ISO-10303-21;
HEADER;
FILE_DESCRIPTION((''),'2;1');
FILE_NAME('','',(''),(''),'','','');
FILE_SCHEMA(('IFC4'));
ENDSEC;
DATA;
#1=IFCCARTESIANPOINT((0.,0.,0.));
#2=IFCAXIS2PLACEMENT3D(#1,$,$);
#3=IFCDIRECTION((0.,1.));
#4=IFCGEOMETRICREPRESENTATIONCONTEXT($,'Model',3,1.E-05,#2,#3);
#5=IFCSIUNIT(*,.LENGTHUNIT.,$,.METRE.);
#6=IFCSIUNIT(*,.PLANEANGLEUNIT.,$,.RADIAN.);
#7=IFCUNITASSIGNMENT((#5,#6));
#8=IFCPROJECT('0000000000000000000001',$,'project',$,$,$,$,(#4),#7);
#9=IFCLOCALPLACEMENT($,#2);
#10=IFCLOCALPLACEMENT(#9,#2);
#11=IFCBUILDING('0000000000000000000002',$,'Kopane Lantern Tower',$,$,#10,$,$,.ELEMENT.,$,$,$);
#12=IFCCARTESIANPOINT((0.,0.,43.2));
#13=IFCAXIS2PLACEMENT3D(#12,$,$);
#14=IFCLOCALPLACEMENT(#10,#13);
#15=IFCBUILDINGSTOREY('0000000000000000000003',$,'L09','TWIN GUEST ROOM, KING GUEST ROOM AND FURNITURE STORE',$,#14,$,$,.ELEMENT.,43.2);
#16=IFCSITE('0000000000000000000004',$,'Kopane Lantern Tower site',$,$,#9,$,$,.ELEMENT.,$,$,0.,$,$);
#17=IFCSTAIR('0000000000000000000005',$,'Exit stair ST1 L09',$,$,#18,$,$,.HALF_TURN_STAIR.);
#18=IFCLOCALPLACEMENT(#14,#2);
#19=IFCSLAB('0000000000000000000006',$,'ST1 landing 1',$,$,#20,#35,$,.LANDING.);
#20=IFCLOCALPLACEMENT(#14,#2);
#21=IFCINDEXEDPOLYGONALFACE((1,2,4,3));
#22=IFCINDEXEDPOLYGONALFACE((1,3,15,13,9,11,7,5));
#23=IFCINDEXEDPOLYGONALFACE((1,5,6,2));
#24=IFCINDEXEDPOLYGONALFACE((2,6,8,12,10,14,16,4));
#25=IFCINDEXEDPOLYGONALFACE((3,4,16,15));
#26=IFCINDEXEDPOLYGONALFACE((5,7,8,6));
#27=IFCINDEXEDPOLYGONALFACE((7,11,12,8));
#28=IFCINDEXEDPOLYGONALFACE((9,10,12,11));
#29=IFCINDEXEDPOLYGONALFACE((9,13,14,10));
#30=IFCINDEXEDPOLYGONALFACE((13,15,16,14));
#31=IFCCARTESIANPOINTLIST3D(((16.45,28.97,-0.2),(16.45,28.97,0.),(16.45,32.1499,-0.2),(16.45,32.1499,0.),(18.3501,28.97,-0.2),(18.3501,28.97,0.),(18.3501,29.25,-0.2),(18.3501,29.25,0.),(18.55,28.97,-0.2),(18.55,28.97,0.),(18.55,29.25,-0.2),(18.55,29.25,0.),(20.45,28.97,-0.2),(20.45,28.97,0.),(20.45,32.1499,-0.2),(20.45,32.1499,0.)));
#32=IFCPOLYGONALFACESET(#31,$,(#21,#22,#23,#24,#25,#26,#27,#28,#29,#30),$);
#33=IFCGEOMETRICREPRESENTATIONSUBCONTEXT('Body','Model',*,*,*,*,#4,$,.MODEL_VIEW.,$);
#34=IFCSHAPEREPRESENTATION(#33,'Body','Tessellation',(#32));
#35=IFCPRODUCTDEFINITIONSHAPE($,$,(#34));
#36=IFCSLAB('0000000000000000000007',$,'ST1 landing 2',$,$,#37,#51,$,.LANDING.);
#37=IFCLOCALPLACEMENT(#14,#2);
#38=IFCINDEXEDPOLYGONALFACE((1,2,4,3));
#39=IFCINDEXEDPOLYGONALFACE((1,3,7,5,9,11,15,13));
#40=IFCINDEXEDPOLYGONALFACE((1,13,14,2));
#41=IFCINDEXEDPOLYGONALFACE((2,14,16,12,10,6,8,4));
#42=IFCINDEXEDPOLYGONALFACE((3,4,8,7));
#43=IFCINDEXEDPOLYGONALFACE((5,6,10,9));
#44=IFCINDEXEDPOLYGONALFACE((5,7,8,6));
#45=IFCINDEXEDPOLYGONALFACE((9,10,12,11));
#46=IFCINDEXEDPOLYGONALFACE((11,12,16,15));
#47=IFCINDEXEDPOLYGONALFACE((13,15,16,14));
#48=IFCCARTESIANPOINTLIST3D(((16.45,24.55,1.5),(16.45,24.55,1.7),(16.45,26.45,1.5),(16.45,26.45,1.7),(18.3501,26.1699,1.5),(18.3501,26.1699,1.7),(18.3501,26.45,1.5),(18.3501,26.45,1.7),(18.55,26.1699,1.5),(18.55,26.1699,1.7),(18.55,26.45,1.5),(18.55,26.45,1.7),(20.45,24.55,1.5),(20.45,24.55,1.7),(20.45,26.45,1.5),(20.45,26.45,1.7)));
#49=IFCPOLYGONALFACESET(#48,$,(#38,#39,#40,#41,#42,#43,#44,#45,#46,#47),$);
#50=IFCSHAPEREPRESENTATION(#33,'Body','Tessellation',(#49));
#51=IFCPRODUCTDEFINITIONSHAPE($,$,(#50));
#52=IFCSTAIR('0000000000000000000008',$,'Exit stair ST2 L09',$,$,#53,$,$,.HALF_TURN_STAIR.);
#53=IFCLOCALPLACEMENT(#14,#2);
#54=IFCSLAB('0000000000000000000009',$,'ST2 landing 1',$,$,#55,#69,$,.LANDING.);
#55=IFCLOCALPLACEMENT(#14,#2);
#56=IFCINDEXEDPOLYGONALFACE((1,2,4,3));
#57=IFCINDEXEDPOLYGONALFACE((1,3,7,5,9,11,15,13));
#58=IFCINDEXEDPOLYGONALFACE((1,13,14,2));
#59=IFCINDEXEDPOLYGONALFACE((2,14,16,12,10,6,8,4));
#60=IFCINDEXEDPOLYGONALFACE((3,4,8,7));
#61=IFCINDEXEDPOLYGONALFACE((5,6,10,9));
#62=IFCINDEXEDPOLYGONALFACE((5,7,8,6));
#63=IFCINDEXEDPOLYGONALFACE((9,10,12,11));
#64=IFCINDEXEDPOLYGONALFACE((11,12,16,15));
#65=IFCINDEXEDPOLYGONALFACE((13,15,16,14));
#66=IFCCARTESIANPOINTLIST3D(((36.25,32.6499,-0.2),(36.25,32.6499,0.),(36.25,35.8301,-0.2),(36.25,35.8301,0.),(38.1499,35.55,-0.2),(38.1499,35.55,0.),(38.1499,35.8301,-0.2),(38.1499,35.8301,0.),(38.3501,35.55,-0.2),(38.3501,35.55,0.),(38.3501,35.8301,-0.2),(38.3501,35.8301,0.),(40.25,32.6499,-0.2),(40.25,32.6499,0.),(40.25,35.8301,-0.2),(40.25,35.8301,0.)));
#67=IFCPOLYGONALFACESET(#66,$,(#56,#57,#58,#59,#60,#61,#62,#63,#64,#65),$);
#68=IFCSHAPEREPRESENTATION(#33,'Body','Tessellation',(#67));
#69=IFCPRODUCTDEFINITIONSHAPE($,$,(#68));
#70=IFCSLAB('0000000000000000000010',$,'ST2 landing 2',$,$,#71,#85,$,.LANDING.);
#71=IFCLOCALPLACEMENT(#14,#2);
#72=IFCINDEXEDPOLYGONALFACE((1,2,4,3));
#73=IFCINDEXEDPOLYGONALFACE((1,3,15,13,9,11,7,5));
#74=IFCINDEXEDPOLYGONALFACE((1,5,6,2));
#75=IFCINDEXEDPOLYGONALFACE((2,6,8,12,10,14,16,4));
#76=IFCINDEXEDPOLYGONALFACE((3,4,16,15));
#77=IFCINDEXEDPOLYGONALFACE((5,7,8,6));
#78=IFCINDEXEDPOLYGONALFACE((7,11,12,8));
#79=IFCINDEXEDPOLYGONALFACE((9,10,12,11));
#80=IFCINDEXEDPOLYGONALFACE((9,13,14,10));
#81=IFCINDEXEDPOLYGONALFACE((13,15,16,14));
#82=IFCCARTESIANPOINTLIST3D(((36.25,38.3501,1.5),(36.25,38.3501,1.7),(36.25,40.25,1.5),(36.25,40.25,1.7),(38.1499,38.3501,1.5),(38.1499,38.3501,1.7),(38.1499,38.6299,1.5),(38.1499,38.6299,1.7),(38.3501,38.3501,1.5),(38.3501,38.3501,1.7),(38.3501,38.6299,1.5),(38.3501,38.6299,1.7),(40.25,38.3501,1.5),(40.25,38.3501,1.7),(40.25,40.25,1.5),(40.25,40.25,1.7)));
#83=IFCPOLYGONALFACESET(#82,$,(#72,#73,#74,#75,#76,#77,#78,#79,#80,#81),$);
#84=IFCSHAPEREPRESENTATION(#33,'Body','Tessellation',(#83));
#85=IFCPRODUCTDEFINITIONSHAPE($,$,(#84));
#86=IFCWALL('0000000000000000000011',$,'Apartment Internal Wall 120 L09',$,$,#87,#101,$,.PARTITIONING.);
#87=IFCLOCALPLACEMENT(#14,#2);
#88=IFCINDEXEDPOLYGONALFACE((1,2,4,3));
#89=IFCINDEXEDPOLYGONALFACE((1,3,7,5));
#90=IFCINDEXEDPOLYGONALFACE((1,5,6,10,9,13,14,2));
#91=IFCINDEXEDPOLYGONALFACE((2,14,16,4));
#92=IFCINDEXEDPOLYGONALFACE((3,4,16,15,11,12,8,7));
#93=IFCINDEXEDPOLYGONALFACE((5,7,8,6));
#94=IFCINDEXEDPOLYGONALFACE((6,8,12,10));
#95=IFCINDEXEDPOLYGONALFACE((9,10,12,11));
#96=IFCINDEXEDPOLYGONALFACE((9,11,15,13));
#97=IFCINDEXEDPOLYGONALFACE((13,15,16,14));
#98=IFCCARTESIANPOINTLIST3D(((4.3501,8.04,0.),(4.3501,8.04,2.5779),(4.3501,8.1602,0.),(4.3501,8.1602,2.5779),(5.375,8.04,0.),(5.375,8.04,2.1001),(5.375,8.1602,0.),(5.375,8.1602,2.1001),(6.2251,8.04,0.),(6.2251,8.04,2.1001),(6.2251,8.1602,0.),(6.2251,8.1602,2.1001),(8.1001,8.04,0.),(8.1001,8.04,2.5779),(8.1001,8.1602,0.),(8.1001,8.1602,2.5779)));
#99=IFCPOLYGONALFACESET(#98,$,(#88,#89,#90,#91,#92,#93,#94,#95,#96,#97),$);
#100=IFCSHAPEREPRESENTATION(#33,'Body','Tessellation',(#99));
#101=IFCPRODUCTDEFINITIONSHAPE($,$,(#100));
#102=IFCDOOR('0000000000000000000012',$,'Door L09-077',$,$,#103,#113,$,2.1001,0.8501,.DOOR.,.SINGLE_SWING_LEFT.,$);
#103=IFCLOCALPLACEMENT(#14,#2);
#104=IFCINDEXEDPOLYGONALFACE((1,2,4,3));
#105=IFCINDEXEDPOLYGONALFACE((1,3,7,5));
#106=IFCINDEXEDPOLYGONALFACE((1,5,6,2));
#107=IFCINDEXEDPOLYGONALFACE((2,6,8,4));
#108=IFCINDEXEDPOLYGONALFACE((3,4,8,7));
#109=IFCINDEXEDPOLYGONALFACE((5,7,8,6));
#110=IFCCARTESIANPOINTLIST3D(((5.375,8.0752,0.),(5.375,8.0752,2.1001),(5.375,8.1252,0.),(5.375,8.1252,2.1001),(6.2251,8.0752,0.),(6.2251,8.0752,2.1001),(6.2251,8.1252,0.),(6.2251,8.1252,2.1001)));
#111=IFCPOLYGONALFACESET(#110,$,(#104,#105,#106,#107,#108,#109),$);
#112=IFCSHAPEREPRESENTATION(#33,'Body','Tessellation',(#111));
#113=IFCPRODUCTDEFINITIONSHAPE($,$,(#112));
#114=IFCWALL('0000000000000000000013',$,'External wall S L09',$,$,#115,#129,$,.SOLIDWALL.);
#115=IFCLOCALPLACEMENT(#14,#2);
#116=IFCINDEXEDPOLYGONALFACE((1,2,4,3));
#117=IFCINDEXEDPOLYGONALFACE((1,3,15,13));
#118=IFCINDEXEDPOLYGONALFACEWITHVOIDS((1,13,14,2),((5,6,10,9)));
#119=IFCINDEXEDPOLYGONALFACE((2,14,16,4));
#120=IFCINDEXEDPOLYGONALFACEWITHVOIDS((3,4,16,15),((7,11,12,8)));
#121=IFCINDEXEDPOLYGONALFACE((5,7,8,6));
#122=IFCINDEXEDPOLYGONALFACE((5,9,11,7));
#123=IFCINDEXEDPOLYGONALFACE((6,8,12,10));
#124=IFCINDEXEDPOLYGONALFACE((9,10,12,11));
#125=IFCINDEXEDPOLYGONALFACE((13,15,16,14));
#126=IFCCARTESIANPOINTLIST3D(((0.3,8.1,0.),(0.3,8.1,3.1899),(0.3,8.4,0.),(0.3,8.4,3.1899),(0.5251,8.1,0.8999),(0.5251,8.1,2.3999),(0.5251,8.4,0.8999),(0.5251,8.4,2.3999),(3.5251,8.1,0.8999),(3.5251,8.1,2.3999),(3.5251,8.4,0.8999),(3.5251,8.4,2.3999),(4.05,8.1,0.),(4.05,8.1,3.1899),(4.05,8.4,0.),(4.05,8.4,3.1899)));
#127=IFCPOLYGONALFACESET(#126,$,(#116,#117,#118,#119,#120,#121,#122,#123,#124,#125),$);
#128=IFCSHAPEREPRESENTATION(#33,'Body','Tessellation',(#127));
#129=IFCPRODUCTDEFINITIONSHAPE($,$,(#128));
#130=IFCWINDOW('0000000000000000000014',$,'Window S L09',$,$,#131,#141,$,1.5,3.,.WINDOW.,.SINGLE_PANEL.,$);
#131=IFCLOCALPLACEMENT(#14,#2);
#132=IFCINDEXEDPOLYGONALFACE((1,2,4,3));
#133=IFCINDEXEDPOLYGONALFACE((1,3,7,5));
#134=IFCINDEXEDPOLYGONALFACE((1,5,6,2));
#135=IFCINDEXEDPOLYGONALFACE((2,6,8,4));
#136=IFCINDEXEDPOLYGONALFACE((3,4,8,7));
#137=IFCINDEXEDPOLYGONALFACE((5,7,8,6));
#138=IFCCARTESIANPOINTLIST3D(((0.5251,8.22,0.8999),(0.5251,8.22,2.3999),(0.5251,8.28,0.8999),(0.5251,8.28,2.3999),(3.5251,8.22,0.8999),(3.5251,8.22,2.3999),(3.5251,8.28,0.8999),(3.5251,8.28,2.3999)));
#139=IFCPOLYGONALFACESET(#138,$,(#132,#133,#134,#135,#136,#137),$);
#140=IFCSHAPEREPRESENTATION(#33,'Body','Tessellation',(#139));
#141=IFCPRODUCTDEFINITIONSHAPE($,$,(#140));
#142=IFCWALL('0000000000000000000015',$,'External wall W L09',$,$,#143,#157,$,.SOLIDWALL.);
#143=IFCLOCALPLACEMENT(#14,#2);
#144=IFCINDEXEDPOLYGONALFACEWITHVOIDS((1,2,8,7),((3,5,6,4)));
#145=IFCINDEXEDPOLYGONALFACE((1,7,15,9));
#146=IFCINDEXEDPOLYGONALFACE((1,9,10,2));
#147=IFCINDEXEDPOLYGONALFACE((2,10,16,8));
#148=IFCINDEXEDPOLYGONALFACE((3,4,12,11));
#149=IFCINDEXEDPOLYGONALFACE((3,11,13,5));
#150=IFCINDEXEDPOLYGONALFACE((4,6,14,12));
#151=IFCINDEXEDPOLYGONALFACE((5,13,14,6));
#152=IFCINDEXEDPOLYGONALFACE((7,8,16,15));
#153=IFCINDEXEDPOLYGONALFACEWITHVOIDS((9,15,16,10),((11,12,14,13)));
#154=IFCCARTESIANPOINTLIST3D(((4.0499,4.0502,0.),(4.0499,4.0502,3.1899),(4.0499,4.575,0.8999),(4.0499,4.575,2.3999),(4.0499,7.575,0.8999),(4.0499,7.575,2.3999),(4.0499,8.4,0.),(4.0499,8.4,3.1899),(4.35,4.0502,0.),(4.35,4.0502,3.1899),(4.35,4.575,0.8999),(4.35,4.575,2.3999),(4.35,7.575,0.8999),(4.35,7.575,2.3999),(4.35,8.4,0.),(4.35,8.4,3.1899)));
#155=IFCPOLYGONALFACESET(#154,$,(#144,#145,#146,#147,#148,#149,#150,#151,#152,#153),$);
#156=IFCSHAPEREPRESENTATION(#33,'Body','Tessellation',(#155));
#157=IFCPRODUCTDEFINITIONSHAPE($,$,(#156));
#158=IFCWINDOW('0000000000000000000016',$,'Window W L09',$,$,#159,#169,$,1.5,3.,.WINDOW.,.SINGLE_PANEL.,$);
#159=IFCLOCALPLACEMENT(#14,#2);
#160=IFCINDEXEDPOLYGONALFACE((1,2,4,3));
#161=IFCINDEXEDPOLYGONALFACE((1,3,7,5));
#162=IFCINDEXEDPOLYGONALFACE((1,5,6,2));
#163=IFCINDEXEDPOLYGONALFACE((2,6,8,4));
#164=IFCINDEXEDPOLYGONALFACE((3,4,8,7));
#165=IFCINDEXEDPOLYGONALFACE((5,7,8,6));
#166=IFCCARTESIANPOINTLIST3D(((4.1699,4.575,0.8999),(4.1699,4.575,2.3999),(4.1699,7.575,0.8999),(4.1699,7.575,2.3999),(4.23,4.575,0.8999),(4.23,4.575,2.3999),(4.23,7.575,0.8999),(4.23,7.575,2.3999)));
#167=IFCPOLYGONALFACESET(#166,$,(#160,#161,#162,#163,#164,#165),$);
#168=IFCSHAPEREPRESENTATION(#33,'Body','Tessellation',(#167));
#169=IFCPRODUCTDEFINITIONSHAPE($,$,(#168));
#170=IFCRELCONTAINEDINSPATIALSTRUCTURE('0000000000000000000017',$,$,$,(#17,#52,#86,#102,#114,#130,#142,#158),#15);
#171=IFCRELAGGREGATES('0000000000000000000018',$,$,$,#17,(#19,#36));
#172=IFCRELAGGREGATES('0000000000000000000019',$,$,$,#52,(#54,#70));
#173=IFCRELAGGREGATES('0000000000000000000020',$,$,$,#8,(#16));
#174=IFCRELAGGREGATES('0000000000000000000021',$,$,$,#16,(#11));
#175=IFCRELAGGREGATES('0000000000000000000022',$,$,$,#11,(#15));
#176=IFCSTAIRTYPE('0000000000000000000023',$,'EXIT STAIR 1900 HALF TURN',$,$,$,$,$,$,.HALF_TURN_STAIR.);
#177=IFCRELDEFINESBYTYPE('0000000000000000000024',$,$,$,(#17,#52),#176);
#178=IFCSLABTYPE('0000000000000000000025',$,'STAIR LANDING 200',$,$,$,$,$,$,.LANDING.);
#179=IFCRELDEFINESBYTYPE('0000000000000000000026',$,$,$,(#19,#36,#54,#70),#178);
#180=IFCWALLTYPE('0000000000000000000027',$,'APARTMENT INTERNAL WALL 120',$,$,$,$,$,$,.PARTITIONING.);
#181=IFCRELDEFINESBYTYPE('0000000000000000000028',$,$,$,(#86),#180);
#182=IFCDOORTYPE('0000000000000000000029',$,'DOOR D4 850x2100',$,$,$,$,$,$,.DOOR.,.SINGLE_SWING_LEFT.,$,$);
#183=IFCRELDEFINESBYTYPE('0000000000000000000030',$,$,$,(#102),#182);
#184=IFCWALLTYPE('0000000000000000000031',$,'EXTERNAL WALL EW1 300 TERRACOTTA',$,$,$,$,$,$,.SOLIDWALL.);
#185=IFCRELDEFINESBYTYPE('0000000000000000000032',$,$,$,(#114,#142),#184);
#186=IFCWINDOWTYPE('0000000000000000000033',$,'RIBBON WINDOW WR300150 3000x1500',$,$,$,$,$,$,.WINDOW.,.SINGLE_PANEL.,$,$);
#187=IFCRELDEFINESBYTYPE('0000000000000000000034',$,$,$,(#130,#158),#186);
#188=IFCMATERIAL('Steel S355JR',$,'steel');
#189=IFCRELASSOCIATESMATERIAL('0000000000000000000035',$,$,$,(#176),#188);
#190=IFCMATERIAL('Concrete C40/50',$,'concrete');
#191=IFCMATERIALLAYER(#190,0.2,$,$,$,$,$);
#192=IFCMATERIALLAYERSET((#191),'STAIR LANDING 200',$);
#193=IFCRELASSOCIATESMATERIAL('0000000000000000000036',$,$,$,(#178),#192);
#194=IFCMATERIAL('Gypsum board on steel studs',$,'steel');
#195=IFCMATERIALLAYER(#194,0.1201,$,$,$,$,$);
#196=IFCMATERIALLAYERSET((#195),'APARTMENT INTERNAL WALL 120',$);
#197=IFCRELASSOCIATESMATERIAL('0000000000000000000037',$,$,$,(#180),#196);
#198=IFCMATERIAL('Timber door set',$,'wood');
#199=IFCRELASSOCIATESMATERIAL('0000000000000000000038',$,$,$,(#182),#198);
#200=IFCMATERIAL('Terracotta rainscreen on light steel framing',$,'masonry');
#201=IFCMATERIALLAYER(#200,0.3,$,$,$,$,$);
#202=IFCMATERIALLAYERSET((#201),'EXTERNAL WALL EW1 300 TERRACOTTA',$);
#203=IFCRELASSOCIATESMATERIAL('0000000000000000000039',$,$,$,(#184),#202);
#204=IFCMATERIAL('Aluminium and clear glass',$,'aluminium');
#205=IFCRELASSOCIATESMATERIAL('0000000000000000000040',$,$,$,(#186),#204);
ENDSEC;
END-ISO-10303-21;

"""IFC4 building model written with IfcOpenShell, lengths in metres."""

from ifc_helpers import new_model, si_unit, direction, frame, frame_2d, origin, place, context, subcontext, project, spatial, polyline, rectangle, outline, extrude, material, layer, layer_set, type_object, element, fill, aggregate, save


model = new_model("IFC4")

# Units and contexts
model_context = context("Model", 3, precision=1e-05, world=origin(), true_north=direction((0.0, 1.0)))
body_context = subcontext(model_context, "Body", "Model", "MODEL_VIEW")
ifc_project = project(units=[si_unit("LENGTHUNIT", "METRE"), si_unit("PLANEANGLEUNIT", "RADIAN")], contexts=[model_context])

# Site, building, storey
site_placement = place(None, origin())
site = spatial("IfcSite", under=ifc_project, at=site_placement, Name="Kopane Lantern Tower site", CompositionType="ELEMENT", RefElevation=0.0)
building_placement = place(site_placement, origin())
building = spatial("IfcBuilding", under=site, at=building_placement, Name="Kopane Lantern Tower", CompositionType="ELEMENT")
storey_placement = place(building_placement, frame((0.0, 0.0, 43.2)))
storey = spatial("IfcBuildingStorey", under=building, at=storey_placement, Name="L09", Description="TWIN GUEST ROOM, KING GUEST ROOM AND FURNITURE STORE", CompositionType="ELEMENT", Elevation=43.2)

# Stairs, slabs
ifc_material_1 = material(Name="Steel S355JR", Category="steel")
stair_type = type_object("IfcStairType", Name="EXIT STAIR 1900 HALF TURN", PredefinedType="HALF_TURN_STAIR", material=ifc_material_1)
stair_1_placement = place(storey_placement, origin())
stair_1 = element("IfcStair", 1, at=stair_1_placement, inside=storey, type_object=stair_type, Name="Exit stair ST1 L09", PredefinedType="HALF_TURN_STAIR")
ifc_material_2 = material(Name="Concrete C40/50", Category="concrete")
ifc_layer_1 = layer(ifc_material_2, 0.2)
ifc_layer_set_1 = layer_set([ifc_layer_1], Name="STAIR LANDING 200")
slab_type_1 = type_object("IfcSlabType", Name="STAIR LANDING 200", PredefinedType="LANDING", material=ifc_layer_set_1)
slab_1_placement = place(storey_placement, frame((0.0, 0.0, -0.2)))
slab_1 = element("IfcSlab", 2, at=slab_1_placement, type_object=slab_type_1, Name="ST1 landing 1", PredefinedType="LANDING", context=body_context, shape_type="SweptSolid", body=[
    extrude(outline(polyline([(18.3501, 29.25), (18.55, 29.25), (18.55, 28.97), (20.45, 28.97), (20.45, 32.1499), (16.45, 32.1499), (16.45, 28.97), (18.3501, 28.97), (18.3501, 29.25)])), origin(), (0.0, 0.0, 1.0), 0.2),
])
slab_2_placement = place(storey_placement, frame((0.0, 0.0, 1.5)))
slab_2 = element("IfcSlab", 3, at=slab_2_placement, type_object=slab_type_1, Name="ST1 landing 2", PredefinedType="LANDING", context=body_context, shape_type="SweptSolid", body=[
    extrude(outline(polyline([(20.45, 26.45), (18.55, 26.45), (18.55, 26.1699), (18.3501, 26.1699), (18.3501, 26.45), (16.45, 26.45), (16.45, 24.55), (20.45, 24.55), (20.45, 26.45)])), origin(), (0.0, 0.0, 1.0), 0.2),
])
aggregate(stair_1, [slab_1, slab_2])
stair_2_placement = place(storey_placement, origin())
stair_2 = element("IfcStair", 4, at=stair_2_placement, inside=storey, type_object=stair_type, Name="Exit stair ST2 L09", PredefinedType="HALF_TURN_STAIR")
slab_3_placement = place(storey_placement, frame((0.0, 0.0, -0.2)))
slab_3 = element("IfcSlab", 5, at=slab_3_placement, type_object=slab_type_1, Name="ST2 landing 1", PredefinedType="LANDING", context=body_context, shape_type="SweptSolid", body=[
    extrude(outline(polyline([(40.25, 35.8301), (38.3501, 35.8301), (38.3501, 35.55), (38.1499, 35.55), (38.1499, 35.8301), (36.25, 35.8301), (36.25, 32.6499), (40.25, 32.6499), (40.25, 35.8301)])), origin(), (0.0, 0.0, 1.0), 0.2),
])
slab_4_placement = place(storey_placement, frame((0.0, 0.0, 1.5)))
slab_4 = element("IfcSlab", 6, at=slab_4_placement, type_object=slab_type_1, Name="ST2 landing 2", PredefinedType="LANDING", context=body_context, shape_type="SweptSolid", body=[
    extrude(outline(polyline([(38.1499, 38.6299), (38.3501, 38.6299), (38.3501, 38.3501), (40.25, 38.3501), (40.25, 40.25), (36.25, 40.25), (36.25, 38.3501), (38.1499, 38.3501), (38.1499, 38.6299)])), origin(), (0.0, 0.0, 1.0), 0.2),
])
aggregate(stair_2, [slab_3, slab_4])

# Wall, opening, door
ifc_material_3 = material(Name="Gypsum board on steel studs", Category="steel")
ifc_layer_2 = layer(ifc_material_3, 0.1201)
ifc_layer_set_2 = layer_set([ifc_layer_2], Name="APARTMENT INTERNAL WALL 120")
wall_type_1 = type_object("IfcWallType", Name="APARTMENT INTERNAL WALL 120", PredefinedType="PARTITIONING", material=ifc_layer_set_2)
wall_1_placement = place(storey_placement, frame((8.1001, 8.1001, 0.0), z_axis=(0.0, 0.0, 1.0), x_axis=(-1.0, 0.0, 0.0)))
wall_1 = element("IfcWall", 7, at=wall_1_placement, inside=storey, type_object=wall_type_1, Name="Apartment Internal Wall 120 L09", PredefinedType="PARTITIONING", context=body_context, shape_type="SweptSolid", body=[
    extrude(rectangle(XDim=3.75, YDim=0.1201, at=frame_2d((1.875, 0.0))), origin(), (0.0, 0.0, 1.0), 2.5779),
])
opening_1_placement = place(wall_1_placement, frame((1.875, 0.0, 0.0)))
opening_1 = element("IfcOpeningElement", 8, at=opening_1_placement, cuts=wall_1, PredefinedType="OPENING", context=body_context, shape_type="SweptSolid", body=[
    extrude(rectangle(XDim=0.8501, YDim=2.1001, at=frame_2d((0.425, 1.05))), frame((0.0, 0.0701, 0.0), z_axis=(0.0, -1.0, 0.0), x_axis=(1.0, 0.0, 0.0)), (0.0, 0.0, 1.0), 0.1401),
])
ifc_material_4 = material(Name="Timber door set", Category="wood")
door_type = type_object("IfcDoorType", Name="DOOR D4 850x2100", OperationType="SINGLE_SWING_LEFT", PredefinedType="DOOR", material=ifc_material_4)
door_placement = place(opening_1_placement, origin())
door = element("IfcDoor", 9, at=door_placement, inside=storey, type_object=door_type, Name="Door L09-077", OperationType="SINGLE_SWING_LEFT", OverallHeight=2.1001, OverallWidth=0.8501, PredefinedType="DOOR", context=body_context, shape_type="SweptSolid", body=[
    extrude(rectangle(XDim=0.8501, YDim=2.1001, at=frame_2d((0.425, 1.05))), frame((0.0, 0.0249, 0.0), z_axis=(0.0, -1.0, 0.0), x_axis=(1.0, 0.0, 0.0)), (0.0, 0.0, 1.0), 0.05),
])
fill(opening_1, door)

# Walls, openings, windows
ifc_material_5 = material(Name="Terracotta rainscreen on light steel framing", Category="masonry")
ifc_layer_3 = layer(ifc_material_5, 0.3)
ifc_layer_set_3 = layer_set([ifc_layer_3], Name="EXTERNAL WALL EW1 300 TERRACOTTA")
wall_type_2 = type_object("IfcWallType", Name="EXTERNAL WALL EW1 300 TERRACOTTA", PredefinedType="SOLIDWALL", material=ifc_layer_set_3)
wall_2_placement = place(storey_placement, frame((0.3, 8.25, 0.0), z_axis=(0.0, 0.0, 1.0), x_axis=(1.0, 0.0, 0.0)))
wall_2 = element("IfcWall", 10, at=wall_2_placement, inside=storey, type_object=wall_type_2, Name="External wall S L09", PredefinedType="SOLIDWALL", context=body_context, shape_type="SweptSolid", body=[
    extrude(rectangle(XDim=3.75, YDim=0.3, at=frame_2d((1.875, 0.0))), origin(), (0.0, 0.0, 1.0), 3.1899),
])
opening_2_placement = place(wall_2_placement, frame((0.2251, 0.0, 0.8999)))
opening_2 = element("IfcOpeningElement", 11, at=opening_2_placement, cuts=wall_2, PredefinedType="OPENING", context=body_context, shape_type="SweptSolid", body=[
    extrude(rectangle(XDim=3.0, YDim=1.5, at=frame_2d((1.5, 0.75))), frame((0.0, 0.1599, 0.0), z_axis=(0.0, -1.0, 0.0), x_axis=(1.0, 0.0, 0.0)), (0.0, 0.0, 1.0), 0.3201),
])
ifc_material_6 = material(Name="Aluminium and clear glass", Category="aluminium")
window_type = type_object("IfcWindowType", Name="RIBBON WINDOW WR300150 3000x1500", PartitioningType="SINGLE_PANEL", PredefinedType="WINDOW", material=ifc_material_6)
window_1_placement = place(opening_2_placement, origin())
window_1 = element("IfcWindow", 12, at=window_1_placement, inside=storey, type_object=window_type, Name="Window S L09", OverallHeight=1.5, OverallWidth=3.0, PartitioningType="SINGLE_PANEL", PredefinedType="WINDOW", context=body_context, shape_type="SweptSolid", body=[
    extrude(rectangle(XDim=3.0, YDim=1.5, at=frame_2d((1.5, 0.75))), frame((0.0, 0.03, 0.0), z_axis=(0.0, -1.0, 0.0), x_axis=(1.0, 0.0, 0.0)), (0.0, 0.0, 1.0), 0.0601),
])
fill(opening_2, window_1)
wall_3_placement = place(storey_placement, frame((4.2, 8.3999, 0.0), z_axis=(0.0, 0.0, 1.0), x_axis=(0.0, -1.0, 0.0)))
wall_3 = element("IfcWall", 13, at=wall_3_placement, inside=storey, type_object=wall_type_2, Name="External wall W L09", PredefinedType="SOLIDWALL", context=body_context, shape_type="SweptSolid", body=[
    extrude(rectangle(XDim=4.3499, YDim=0.3, at=frame_2d((2.1748, 0.0))), origin(), (0.0, 0.0, 1.0), 3.1899),
])
opening_3_placement = place(wall_3_placement, frame((0.825, 0.0, 0.8999)))
opening_3 = element("IfcOpeningElement", 14, at=opening_3_placement, cuts=wall_3, PredefinedType="OPENING", context=body_context, shape_type="SweptSolid", body=[
    extrude(rectangle(XDim=3.0, YDim=1.5, at=frame_2d((1.5, 0.75))), frame((0.0, 0.1599, 0.0), z_axis=(0.0, -1.0, 0.0), x_axis=(1.0, 0.0, 0.0)), (0.0, 0.0, 1.0), 0.3201),
])
window_2_placement = place(opening_3_placement, origin())
window_2 = element("IfcWindow", 15, at=window_2_placement, inside=storey, type_object=window_type, Name="Window W L09", OverallHeight=1.5, OverallWidth=3.0, PartitioningType="SINGLE_PANEL", PredefinedType="WINDOW", context=body_context, shape_type="SweptSolid", body=[
    extrude(rectangle(XDim=3.0, YDim=1.5, at=frame_2d((1.5, 0.75))), frame((0.0, 0.03, 0.0), z_axis=(0.0, -1.0, 0.0), x_axis=(1.0, 0.0, 0.0)), (0.0, 0.0, 1.0), 0.0601),
])
fill(opening_3, window_2)

save(model, "model.ifc")
